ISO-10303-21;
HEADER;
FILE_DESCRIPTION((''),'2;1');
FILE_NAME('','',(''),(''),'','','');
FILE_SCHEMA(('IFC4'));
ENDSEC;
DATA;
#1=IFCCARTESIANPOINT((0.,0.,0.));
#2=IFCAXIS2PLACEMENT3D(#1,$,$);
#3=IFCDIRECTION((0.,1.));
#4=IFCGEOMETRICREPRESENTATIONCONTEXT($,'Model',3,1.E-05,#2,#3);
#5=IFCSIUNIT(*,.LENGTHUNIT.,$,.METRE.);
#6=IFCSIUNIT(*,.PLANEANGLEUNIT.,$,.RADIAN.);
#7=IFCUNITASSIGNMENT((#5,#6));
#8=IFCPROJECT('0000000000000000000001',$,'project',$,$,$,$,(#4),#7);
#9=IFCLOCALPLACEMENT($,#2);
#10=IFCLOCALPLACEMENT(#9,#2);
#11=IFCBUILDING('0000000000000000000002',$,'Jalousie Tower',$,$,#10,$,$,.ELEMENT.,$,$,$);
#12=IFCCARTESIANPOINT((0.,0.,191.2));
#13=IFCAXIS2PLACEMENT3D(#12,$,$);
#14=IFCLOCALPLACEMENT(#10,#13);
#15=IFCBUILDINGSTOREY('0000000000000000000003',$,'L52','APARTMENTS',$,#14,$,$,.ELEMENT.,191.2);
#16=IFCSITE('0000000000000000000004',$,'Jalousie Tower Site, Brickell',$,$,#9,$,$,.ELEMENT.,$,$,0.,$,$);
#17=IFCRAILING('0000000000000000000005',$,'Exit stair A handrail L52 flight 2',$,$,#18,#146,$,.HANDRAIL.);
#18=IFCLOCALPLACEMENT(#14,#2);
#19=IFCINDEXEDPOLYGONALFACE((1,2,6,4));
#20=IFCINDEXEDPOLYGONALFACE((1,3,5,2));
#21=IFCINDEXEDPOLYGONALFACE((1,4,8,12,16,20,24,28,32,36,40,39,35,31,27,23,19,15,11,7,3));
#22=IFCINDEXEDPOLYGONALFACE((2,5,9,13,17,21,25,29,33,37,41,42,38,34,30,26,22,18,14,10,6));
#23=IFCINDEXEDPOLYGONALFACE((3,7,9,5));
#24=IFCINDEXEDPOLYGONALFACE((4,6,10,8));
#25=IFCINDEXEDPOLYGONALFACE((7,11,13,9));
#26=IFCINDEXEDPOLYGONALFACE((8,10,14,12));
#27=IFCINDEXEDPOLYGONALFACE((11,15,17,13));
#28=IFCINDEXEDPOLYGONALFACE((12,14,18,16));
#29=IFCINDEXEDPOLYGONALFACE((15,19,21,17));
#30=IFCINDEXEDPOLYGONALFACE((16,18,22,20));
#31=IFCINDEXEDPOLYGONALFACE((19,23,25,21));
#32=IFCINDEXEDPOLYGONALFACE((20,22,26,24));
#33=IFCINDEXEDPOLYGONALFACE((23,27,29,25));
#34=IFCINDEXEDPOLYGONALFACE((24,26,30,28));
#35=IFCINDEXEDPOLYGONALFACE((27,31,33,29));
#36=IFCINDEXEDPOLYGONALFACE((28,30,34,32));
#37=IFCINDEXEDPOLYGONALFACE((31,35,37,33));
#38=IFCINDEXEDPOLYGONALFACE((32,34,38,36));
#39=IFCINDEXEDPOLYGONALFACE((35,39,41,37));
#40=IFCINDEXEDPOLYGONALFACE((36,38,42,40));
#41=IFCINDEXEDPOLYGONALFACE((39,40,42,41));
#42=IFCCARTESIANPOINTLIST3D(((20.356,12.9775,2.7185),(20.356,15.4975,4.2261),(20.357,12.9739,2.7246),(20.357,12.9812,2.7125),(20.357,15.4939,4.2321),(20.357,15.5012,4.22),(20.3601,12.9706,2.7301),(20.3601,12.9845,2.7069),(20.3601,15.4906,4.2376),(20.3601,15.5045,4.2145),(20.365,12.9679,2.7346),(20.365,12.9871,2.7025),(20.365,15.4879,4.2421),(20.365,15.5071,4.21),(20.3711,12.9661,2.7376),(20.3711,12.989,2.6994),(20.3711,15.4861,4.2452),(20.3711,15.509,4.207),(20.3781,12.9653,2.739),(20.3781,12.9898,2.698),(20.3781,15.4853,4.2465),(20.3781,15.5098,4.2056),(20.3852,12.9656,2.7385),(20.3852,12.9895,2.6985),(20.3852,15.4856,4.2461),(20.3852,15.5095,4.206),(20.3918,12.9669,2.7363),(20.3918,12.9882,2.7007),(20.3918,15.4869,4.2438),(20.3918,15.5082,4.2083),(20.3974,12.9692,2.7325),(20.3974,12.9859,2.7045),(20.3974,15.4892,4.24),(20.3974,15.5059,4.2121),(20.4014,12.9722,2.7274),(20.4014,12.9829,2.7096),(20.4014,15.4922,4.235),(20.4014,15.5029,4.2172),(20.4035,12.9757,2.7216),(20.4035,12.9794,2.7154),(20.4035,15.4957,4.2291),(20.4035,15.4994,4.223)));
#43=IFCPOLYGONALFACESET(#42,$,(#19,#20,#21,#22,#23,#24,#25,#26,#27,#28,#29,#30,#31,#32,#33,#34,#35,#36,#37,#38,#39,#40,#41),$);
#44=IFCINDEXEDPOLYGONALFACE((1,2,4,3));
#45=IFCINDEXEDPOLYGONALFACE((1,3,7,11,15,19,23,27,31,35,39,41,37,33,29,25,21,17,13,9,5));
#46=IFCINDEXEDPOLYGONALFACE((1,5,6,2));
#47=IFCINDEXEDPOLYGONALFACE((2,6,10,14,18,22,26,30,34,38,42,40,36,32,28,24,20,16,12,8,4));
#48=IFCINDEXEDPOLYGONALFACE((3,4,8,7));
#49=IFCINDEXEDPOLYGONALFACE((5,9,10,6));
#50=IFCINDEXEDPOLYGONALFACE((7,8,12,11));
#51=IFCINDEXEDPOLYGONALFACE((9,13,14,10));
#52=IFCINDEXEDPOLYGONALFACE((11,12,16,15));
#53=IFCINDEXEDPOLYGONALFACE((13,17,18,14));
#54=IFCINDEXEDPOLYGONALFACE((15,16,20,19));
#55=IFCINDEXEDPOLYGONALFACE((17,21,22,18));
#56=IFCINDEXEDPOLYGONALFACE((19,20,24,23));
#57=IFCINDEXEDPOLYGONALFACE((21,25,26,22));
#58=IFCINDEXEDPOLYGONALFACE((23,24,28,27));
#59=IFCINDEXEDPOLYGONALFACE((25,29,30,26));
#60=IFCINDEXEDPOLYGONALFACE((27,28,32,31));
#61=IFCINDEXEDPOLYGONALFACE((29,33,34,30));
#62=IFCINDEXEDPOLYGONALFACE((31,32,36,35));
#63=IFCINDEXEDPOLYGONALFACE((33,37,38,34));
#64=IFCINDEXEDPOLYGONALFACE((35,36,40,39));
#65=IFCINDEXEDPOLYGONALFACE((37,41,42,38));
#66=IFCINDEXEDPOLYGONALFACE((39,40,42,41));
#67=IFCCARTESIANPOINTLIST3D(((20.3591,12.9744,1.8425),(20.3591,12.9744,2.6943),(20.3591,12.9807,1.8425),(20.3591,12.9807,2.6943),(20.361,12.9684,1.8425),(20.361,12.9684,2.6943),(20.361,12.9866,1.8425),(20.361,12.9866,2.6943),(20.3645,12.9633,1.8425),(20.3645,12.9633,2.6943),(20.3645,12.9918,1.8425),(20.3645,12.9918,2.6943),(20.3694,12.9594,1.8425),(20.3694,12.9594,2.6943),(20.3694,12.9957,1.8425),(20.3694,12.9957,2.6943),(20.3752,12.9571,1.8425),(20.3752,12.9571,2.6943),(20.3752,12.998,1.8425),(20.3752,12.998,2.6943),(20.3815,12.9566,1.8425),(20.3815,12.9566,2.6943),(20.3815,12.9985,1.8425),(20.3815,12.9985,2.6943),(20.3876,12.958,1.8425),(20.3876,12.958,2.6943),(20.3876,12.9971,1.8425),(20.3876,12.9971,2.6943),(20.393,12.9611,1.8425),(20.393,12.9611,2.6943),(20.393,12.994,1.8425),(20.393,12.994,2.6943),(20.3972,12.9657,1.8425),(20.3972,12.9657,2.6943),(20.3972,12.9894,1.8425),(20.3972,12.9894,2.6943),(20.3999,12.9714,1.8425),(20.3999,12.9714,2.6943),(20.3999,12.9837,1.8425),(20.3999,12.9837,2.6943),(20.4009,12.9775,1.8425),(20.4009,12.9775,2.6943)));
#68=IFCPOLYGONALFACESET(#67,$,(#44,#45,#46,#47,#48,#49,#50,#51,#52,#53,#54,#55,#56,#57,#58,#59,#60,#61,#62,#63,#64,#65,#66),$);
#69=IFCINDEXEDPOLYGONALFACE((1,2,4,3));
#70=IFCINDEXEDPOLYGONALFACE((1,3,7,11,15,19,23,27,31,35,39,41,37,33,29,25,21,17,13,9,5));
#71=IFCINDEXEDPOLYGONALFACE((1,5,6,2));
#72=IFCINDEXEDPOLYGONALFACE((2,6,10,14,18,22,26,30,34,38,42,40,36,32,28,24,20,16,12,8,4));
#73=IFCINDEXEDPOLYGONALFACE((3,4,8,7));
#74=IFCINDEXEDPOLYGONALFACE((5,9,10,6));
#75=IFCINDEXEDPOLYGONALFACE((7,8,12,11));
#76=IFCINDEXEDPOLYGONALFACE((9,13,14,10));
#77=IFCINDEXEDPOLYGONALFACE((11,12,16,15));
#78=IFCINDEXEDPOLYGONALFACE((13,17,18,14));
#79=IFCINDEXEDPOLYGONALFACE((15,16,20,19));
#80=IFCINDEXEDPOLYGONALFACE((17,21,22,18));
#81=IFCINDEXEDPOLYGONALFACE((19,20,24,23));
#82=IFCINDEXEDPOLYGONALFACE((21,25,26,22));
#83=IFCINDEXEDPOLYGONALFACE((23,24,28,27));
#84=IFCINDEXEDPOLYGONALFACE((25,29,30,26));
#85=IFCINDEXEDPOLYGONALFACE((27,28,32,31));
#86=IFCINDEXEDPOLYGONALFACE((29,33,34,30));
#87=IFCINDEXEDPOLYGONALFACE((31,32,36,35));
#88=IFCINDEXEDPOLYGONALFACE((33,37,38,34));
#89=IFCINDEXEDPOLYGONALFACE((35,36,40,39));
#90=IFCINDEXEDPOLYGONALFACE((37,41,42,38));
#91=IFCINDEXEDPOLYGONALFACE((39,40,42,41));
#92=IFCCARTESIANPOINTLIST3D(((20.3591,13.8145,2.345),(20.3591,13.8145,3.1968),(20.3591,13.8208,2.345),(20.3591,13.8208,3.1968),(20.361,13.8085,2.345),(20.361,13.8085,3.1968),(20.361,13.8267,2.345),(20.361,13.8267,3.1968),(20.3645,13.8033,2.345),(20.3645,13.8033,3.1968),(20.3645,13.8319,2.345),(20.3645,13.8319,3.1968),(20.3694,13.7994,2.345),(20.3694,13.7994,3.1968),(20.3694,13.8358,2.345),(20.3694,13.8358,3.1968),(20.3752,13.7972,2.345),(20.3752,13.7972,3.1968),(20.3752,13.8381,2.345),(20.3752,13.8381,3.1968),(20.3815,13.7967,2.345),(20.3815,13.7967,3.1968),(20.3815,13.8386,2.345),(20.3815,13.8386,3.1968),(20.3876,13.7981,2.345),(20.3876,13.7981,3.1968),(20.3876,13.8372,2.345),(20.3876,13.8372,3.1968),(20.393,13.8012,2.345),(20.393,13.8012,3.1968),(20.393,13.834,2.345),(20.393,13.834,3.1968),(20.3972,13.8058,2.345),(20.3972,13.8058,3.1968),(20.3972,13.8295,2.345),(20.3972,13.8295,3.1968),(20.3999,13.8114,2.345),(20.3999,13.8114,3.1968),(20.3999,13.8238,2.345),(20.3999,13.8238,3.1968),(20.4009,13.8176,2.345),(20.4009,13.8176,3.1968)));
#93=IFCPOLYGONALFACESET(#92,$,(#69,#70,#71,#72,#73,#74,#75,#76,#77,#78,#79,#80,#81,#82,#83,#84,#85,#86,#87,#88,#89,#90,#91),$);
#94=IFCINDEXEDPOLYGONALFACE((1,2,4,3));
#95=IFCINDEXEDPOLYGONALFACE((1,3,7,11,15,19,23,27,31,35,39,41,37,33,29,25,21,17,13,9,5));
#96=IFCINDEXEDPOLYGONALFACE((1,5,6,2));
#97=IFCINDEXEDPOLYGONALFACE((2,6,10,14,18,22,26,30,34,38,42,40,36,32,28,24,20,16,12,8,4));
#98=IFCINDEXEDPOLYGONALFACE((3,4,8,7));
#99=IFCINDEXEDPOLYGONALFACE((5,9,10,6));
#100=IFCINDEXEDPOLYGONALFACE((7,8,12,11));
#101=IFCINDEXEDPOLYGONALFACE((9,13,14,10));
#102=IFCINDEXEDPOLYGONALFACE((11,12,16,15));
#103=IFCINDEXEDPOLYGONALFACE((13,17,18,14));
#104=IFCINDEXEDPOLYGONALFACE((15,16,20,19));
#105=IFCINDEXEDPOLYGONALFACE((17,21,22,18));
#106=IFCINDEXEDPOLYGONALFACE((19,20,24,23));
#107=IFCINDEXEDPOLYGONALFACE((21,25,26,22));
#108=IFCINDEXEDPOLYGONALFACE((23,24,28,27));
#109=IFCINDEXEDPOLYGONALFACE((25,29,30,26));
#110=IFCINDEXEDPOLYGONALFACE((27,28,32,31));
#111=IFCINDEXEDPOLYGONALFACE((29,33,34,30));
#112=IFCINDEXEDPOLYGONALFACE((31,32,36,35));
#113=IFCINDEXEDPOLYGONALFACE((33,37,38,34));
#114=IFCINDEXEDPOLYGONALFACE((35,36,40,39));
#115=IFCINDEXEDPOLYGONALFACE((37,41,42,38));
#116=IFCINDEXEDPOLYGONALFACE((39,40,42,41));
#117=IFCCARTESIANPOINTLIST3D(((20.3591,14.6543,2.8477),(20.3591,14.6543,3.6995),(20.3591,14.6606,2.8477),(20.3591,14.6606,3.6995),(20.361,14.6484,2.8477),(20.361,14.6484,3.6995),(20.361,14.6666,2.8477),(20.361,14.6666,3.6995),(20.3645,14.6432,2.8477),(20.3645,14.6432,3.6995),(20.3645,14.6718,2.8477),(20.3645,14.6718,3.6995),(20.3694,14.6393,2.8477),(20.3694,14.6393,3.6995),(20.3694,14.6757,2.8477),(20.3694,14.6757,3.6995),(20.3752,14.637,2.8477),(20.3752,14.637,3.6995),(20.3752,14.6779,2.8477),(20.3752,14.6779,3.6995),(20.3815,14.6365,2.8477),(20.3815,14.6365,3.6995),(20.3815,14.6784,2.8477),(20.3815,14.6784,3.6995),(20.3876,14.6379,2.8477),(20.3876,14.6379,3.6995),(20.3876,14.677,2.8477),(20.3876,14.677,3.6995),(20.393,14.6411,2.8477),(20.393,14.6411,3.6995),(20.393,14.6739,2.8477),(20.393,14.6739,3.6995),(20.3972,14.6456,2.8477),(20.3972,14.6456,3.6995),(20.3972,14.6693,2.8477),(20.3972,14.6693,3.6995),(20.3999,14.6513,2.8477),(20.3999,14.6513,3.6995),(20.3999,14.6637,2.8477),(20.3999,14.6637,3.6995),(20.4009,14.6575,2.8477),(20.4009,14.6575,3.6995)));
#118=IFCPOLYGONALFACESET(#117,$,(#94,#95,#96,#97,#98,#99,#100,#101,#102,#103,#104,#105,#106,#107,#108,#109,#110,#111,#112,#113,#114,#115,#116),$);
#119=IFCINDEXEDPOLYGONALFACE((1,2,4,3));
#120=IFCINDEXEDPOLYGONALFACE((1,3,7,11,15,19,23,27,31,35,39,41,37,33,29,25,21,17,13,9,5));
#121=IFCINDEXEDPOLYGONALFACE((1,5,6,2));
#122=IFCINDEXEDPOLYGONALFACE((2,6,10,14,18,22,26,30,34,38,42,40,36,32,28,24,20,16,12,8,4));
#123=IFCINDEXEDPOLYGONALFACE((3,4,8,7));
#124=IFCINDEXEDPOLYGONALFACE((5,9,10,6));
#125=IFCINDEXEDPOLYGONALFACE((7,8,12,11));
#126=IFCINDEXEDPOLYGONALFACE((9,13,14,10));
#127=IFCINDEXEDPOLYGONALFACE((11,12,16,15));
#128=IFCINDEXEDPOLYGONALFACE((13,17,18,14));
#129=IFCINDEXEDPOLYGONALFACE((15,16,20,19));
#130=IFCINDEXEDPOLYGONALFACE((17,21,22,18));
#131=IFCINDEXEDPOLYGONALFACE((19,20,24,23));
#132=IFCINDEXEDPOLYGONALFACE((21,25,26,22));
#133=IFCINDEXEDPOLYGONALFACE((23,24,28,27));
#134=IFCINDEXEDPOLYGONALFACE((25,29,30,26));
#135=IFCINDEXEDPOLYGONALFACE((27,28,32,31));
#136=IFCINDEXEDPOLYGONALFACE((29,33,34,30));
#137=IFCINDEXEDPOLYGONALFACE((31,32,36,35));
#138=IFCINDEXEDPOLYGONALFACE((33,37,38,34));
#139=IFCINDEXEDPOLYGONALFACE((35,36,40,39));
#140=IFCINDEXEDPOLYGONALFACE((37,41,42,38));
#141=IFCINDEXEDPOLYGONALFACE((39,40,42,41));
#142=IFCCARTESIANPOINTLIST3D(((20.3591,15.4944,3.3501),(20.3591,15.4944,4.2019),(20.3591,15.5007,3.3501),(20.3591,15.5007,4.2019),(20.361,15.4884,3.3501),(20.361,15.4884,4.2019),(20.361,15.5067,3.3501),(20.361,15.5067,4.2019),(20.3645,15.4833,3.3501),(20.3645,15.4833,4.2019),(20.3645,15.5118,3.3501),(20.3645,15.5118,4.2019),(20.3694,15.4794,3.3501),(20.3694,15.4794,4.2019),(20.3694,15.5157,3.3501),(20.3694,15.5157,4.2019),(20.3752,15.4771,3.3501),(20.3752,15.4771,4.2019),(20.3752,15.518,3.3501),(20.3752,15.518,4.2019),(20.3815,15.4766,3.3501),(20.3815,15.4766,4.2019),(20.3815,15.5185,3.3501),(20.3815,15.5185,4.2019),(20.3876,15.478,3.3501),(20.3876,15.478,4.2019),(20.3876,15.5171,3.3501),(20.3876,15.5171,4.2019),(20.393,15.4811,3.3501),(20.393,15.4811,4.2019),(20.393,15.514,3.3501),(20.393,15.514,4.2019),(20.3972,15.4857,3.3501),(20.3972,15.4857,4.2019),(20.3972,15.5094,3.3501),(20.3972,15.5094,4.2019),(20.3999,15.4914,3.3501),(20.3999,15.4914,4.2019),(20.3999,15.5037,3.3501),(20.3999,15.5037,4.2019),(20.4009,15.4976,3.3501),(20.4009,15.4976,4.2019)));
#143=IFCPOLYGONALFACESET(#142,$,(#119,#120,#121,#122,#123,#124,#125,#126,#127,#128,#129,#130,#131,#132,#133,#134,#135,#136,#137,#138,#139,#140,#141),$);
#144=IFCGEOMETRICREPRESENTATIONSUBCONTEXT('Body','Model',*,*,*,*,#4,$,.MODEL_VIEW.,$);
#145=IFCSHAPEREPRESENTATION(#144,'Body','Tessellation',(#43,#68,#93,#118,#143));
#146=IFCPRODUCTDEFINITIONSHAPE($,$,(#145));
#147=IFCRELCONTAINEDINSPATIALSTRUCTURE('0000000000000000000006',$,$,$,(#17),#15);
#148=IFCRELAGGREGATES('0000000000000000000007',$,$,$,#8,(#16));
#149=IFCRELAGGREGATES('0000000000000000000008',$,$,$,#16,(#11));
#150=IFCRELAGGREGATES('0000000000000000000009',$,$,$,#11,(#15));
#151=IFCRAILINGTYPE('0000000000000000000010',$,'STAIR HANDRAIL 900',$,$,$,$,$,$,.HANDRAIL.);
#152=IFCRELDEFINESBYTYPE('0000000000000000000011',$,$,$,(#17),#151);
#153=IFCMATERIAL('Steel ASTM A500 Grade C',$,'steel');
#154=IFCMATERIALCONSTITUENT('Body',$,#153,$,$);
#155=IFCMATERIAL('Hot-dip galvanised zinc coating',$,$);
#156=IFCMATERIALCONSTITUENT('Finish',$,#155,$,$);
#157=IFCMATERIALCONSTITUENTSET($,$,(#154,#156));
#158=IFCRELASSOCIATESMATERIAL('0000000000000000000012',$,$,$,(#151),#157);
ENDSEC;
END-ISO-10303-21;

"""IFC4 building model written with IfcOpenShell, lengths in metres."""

from ifc_helpers import new_model, si_unit, direction, frame, origin, origin_2d, place, context, subcontext, project, spatial, circle, extrude, material, constituent, constituent_set, type_object, element, save


model = new_model("IFC4")

# Units and contexts
model_context = context("Model", 3, precision=1e-05, world=origin(), true_north=direction((0.0, 1.0)))
body_context = subcontext(model_context, "Body", "Model", "MODEL_VIEW")
ifc_project = project(units=[si_unit("LENGTHUNIT", "METRE"), si_unit("PLANEANGLEUNIT", "RADIAN")], contexts=[model_context])

# Site, building, storey
site_placement = place(None, origin())
site = spatial("IfcSite", under=ifc_project, at=site_placement, Name="Jalousie Tower Site, Brickell", CompositionType="ELEMENT", RefElevation=0.0)
building_placement = place(site_placement, origin())
building = spatial("IfcBuilding", under=site, at=building_placement, Name="Jalousie Tower", CompositionType="ELEMENT")
storey_placement = place(building_placement, frame((0.0, 0.0, 191.2)))
storey = spatial("IfcBuildingStorey", under=building, at=storey_placement, Name="L52", Description="APARTMENTS", CompositionType="ELEMENT", Elevation=191.2)

# Railing
ifc_material_1 = material(Name="Steel ASTM A500 Grade C", Category="steel")
ifc_constituent_1 = constituent(ifc_material_1, Name="Body")
ifc_material_2 = material(Name="Hot-dip galvanised zinc coating")
ifc_constituent_2 = constituent(ifc_material_2, Name="Finish")
ifc_constituent_set_1 = constituent_set(constituents=[ifc_constituent_1, ifc_constituent_2])
railing_type_1 = type_object("IfcRailingType", Name="STAIR HANDRAIL 900", PredefinedType="HANDRAIL", material=ifc_constituent_set_1)
railing_1_placement = place(storey_placement, frame((20.3799, 12.9775, 1.8425)))
element("IfcRailing", 1, at=railing_1_placement, inside=storey, type_object=railing_type_1, Name="Exit stair A handrail L52 flight 2", PredefinedType="HANDRAIL", context=body_context, shape_type="SweptSolid", body=[
    extrude(circle(Radius=0.0239, at=origin_2d()), frame((0.0, 0.0, 0.876), z_axis=(0.0, 0.85816, 0.513383), x_axis=(-1.0, 0.0, 0.0)), (0.0, 0.0, 1.0), 2.9365),
    extrude(circle(Radius=0.021, at=origin_2d()), origin(), (0.0, 0.0, 1.0), 0.8518),
    extrude(circle(Radius=0.021, at=origin_2d()), frame((0.0, 0.8401, 0.5024)), (0.0, 0.0, 1.0), 0.8518),
    extrude(circle(Radius=0.021, at=origin_2d()), frame((0.0, 1.6799, 1.0051)), (0.0, 0.0, 1.0), 0.8518),
    extrude(circle(Radius=0.021, at=origin_2d()), frame((0.0, 2.52, 1.5076)), (0.0, 0.0, 1.0), 0.8518),
])

save(model, "model.ifc")
